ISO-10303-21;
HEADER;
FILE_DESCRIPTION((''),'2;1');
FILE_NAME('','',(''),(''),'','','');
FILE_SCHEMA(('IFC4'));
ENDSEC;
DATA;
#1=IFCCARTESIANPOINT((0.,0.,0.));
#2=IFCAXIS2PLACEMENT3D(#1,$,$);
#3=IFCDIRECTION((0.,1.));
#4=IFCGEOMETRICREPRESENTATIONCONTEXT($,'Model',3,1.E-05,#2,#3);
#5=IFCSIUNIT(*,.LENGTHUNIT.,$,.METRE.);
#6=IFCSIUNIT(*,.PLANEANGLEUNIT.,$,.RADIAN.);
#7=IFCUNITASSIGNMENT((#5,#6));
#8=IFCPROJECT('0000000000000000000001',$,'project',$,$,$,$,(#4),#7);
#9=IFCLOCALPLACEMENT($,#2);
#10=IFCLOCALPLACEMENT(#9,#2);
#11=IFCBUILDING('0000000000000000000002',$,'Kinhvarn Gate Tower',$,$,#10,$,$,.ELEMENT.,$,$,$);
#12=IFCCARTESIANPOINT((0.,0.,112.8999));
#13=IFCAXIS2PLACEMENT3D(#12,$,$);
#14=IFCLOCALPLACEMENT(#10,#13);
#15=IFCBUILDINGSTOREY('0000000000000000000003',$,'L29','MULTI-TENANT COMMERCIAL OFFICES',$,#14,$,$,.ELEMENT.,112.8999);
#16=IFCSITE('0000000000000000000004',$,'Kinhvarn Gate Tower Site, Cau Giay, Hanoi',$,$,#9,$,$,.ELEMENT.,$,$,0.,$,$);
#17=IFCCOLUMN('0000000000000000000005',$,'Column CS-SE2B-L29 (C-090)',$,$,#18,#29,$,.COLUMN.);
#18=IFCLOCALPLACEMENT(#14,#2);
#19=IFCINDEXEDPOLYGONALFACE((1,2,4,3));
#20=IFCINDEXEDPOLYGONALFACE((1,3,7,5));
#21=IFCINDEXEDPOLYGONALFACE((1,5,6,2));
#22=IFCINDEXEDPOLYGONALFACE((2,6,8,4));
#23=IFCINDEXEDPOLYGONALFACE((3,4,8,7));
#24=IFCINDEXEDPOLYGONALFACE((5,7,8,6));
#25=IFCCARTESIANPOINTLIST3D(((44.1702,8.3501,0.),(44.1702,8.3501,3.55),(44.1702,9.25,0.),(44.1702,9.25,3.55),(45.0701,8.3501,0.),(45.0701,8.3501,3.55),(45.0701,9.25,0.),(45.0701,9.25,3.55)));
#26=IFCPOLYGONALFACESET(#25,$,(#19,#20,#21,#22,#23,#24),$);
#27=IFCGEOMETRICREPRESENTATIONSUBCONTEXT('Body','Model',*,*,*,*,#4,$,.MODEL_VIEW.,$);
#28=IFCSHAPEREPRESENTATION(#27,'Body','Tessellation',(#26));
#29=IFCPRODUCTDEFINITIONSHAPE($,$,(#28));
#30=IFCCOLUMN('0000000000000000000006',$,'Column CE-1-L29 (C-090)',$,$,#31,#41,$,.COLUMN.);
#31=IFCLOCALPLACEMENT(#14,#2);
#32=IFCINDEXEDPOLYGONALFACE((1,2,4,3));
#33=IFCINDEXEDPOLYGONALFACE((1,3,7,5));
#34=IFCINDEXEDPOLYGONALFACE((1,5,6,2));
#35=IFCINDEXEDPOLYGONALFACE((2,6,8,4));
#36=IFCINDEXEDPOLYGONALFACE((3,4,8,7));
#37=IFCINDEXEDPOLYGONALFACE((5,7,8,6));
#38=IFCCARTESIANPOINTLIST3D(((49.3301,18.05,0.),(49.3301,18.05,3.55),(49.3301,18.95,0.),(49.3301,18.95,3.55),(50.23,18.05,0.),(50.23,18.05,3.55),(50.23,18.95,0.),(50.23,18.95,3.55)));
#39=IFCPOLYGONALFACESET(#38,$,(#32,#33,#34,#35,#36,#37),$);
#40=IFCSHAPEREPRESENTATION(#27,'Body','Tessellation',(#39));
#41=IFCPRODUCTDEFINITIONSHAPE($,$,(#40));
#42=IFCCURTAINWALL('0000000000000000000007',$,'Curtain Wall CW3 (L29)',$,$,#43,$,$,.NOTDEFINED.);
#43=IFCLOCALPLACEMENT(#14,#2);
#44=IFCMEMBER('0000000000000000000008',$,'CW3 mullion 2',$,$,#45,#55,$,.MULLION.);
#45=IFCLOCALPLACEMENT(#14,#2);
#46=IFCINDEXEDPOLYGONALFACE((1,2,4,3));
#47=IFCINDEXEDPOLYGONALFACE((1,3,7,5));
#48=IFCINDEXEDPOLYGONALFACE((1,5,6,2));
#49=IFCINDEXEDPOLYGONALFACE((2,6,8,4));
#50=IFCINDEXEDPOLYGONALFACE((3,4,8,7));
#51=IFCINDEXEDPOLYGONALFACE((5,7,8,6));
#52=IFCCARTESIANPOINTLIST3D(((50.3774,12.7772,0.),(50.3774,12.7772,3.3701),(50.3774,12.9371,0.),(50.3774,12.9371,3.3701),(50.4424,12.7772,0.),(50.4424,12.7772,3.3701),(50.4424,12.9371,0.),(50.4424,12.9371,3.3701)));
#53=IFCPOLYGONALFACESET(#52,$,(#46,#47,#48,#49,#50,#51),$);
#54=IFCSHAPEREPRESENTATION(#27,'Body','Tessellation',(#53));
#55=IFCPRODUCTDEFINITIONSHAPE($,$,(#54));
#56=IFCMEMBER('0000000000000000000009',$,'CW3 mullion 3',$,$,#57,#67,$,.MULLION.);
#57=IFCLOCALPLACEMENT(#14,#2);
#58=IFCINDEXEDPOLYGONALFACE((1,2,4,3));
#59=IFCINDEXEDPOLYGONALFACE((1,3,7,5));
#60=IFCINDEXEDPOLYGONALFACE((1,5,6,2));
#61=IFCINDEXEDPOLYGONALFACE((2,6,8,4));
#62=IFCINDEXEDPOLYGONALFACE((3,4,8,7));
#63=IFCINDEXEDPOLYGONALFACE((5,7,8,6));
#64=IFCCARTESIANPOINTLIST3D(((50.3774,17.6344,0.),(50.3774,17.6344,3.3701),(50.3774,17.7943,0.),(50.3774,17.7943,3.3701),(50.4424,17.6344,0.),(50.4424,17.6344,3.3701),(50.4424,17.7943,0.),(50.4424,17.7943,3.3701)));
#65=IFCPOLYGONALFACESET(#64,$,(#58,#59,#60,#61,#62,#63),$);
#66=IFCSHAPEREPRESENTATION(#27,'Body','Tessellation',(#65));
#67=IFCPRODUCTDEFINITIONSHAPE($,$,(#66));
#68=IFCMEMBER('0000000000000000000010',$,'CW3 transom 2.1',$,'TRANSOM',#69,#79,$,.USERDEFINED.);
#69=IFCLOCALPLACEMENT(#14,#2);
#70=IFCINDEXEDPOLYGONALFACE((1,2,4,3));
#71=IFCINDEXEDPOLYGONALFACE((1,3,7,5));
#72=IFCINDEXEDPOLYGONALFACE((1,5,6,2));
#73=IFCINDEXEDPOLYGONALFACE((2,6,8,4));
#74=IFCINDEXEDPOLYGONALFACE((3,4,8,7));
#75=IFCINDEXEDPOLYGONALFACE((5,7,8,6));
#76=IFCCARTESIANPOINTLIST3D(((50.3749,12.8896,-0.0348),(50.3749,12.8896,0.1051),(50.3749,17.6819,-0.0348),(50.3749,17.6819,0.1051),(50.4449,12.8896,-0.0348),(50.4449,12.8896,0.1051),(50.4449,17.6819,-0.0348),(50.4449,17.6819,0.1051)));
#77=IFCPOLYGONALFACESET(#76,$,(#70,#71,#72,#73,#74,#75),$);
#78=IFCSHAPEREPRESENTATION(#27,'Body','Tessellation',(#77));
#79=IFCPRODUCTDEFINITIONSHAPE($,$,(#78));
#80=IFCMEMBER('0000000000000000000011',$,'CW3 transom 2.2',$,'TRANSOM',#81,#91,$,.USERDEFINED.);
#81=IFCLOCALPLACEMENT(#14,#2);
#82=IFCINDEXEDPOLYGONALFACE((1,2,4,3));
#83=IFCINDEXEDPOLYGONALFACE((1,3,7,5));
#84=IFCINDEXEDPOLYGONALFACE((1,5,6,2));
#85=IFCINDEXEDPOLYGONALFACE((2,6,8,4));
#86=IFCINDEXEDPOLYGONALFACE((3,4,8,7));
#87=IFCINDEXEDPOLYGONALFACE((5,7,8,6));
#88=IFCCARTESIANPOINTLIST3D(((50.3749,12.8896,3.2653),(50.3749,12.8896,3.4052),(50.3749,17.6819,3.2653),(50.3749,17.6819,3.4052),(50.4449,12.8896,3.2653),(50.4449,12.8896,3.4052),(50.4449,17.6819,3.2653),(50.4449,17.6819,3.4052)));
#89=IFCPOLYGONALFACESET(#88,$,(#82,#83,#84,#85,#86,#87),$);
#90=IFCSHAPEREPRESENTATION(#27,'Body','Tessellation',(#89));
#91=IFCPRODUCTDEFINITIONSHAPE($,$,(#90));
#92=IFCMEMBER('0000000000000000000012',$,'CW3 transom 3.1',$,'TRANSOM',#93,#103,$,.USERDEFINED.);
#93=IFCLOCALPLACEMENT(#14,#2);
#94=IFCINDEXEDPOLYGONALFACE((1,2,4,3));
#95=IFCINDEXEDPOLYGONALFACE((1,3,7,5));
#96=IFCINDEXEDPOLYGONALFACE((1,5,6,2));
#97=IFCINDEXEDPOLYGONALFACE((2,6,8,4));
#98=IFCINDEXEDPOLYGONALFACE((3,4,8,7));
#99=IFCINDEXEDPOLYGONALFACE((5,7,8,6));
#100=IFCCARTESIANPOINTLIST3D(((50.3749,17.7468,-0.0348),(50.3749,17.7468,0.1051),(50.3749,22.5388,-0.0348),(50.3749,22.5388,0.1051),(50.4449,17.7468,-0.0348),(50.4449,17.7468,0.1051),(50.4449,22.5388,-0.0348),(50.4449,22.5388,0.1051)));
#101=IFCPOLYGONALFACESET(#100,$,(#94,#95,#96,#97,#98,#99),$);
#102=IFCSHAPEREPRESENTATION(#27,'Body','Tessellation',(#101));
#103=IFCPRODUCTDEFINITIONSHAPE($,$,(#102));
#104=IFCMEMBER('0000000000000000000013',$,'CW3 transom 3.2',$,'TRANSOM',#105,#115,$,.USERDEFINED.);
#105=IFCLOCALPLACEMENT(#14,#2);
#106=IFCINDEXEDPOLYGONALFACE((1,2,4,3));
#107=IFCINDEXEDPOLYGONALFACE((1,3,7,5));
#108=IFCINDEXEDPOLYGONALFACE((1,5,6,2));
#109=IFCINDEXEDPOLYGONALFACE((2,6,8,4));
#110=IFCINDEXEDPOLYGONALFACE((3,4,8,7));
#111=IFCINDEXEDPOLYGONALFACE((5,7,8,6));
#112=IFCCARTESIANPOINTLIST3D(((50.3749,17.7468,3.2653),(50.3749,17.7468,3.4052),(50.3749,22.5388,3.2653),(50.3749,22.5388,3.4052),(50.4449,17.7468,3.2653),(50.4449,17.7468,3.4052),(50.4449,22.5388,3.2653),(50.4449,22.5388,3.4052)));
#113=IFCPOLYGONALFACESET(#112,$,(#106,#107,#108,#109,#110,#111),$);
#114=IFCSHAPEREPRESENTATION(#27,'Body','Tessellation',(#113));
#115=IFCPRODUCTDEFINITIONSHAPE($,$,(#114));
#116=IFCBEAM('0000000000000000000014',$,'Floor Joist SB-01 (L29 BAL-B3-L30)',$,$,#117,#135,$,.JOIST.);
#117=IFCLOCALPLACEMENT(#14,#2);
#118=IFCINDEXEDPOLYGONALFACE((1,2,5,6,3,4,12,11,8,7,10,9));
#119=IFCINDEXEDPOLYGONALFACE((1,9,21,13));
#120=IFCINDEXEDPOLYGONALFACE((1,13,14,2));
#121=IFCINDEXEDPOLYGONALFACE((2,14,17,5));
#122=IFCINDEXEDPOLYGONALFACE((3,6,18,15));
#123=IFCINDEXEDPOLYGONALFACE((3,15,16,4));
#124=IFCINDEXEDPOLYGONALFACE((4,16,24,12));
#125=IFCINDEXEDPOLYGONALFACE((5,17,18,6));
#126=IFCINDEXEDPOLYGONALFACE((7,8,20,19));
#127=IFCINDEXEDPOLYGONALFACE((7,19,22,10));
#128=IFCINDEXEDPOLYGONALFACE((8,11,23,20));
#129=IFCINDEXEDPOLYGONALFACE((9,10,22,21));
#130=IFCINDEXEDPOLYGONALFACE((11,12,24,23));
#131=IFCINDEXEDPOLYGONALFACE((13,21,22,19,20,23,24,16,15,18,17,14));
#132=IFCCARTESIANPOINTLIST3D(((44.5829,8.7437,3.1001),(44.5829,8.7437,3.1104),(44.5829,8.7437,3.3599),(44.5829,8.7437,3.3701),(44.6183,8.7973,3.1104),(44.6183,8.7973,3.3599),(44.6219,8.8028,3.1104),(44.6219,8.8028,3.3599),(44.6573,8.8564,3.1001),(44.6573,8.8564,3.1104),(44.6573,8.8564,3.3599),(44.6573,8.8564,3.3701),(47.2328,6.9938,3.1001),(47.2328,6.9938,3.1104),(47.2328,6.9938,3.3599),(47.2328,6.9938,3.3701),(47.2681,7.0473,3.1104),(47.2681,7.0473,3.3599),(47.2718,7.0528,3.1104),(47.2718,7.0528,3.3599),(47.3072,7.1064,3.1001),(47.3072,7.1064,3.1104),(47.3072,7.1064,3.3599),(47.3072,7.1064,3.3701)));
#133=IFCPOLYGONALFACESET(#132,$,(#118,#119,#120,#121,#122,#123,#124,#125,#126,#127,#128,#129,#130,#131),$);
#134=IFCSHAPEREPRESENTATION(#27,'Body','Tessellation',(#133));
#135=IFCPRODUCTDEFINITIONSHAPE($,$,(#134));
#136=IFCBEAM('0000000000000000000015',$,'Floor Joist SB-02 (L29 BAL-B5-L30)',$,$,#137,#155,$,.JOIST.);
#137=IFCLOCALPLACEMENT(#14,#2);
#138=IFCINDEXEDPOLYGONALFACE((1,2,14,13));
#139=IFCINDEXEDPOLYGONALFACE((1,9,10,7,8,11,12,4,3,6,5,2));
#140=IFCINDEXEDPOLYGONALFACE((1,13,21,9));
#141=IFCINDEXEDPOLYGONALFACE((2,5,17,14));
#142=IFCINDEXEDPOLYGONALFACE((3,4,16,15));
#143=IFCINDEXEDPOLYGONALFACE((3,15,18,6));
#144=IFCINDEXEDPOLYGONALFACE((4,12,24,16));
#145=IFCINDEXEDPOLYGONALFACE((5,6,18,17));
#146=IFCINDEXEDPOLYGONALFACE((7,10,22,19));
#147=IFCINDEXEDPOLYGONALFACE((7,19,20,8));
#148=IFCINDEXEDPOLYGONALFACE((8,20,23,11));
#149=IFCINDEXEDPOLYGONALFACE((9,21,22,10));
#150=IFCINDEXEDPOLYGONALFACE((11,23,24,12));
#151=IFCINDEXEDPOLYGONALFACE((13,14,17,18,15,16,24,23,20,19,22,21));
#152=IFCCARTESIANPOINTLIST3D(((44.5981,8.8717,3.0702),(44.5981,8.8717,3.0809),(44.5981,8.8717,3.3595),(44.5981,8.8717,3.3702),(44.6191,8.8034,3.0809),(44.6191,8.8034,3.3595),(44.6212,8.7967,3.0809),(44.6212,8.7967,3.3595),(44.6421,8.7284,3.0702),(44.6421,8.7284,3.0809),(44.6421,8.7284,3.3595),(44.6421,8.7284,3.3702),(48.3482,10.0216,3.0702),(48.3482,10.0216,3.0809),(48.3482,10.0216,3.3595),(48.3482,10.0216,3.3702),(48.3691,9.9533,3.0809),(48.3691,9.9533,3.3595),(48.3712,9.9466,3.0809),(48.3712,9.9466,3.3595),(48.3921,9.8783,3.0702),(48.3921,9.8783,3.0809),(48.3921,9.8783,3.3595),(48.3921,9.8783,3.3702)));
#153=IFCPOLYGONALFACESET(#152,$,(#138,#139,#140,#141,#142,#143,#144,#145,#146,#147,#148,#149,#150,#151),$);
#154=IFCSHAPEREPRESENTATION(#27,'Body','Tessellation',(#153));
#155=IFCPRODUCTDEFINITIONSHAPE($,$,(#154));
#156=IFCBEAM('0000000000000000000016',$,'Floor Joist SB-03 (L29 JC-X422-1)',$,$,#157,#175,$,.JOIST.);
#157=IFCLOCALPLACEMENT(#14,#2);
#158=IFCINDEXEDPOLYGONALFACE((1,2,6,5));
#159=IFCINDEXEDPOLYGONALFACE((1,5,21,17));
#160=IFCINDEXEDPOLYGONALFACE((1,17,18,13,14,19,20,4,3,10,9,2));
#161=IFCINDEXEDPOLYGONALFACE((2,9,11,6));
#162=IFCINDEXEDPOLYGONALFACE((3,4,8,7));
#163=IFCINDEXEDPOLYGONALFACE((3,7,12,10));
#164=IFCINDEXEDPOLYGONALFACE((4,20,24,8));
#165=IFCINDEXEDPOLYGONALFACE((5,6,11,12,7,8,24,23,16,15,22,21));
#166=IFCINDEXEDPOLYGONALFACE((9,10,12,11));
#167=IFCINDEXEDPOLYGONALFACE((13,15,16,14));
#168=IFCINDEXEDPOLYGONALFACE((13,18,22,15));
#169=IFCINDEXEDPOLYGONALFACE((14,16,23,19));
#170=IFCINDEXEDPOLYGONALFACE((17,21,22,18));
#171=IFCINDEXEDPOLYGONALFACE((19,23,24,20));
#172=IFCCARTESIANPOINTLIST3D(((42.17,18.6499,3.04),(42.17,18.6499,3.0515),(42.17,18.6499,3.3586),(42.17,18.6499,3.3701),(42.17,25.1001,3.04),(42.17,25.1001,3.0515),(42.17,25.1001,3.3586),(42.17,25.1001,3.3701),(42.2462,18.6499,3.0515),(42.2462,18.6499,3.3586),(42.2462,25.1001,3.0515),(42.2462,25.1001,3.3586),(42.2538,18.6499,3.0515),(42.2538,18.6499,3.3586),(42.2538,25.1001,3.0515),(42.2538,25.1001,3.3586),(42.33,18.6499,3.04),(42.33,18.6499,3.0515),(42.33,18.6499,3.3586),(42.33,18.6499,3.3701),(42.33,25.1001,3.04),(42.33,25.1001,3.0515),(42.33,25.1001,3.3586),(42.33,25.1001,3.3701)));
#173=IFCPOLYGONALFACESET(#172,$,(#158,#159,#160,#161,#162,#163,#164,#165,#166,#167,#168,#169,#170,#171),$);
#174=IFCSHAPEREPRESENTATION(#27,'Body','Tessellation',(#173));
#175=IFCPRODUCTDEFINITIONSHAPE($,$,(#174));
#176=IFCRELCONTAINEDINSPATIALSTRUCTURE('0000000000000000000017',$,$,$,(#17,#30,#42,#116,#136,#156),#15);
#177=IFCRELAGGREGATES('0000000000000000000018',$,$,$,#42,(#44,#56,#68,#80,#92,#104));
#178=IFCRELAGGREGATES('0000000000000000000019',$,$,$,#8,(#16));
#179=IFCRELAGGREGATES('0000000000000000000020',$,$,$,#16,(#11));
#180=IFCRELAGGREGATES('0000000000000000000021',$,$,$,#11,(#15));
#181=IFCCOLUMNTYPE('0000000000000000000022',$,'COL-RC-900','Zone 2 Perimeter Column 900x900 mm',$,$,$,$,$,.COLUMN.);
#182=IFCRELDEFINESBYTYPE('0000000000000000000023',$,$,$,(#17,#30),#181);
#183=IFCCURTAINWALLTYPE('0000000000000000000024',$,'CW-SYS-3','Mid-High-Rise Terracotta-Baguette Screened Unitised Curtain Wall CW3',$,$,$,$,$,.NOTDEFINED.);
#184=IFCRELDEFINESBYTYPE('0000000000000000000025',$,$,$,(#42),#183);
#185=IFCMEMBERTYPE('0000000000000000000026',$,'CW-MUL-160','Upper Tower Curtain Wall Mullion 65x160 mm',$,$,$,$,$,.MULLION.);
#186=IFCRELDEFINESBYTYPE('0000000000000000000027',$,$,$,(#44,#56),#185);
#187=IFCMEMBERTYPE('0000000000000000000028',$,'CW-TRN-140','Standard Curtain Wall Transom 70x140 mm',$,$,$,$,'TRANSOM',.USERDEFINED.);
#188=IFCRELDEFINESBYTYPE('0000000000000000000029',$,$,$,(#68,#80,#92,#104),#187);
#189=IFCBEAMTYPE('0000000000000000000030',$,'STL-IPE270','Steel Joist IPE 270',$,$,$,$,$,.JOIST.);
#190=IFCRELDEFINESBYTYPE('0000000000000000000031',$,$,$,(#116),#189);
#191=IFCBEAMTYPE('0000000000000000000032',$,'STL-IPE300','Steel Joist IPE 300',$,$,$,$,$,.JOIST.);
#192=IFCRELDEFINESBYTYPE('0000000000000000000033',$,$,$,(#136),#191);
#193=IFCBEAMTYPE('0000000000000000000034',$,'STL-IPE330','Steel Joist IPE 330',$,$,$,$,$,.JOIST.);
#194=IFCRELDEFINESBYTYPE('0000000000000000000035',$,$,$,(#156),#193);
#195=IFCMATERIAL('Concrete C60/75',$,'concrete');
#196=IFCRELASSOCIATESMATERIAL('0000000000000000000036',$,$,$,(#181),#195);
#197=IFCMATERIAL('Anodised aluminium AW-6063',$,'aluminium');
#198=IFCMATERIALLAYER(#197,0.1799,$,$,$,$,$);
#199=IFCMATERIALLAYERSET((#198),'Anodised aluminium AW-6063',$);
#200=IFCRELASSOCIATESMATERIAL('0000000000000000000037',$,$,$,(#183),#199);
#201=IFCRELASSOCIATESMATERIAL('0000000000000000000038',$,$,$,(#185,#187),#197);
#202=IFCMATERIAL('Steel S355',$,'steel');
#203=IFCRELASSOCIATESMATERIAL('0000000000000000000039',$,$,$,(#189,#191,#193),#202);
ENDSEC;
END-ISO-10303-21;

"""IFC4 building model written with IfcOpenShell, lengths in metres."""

from ifc_helpers import new_model, si_unit, direction, frame, origin, origin_2d, place, context, subcontext, project, spatial, rectangle, i_section, extrude, material, layer, layer_set, material_profile, profile_set, type_object, element, aggregate, save


model = new_model("IFC4")

# Units and contexts
model_context = context("Model", 3, precision=1e-05, world=origin(), true_north=direction((0.0, 1.0)))
body_context = subcontext(model_context, "Body", "Model", "MODEL_VIEW")
ifc_project = project(units=[si_unit("LENGTHUNIT", "METRE"), si_unit("PLANEANGLEUNIT", "RADIAN")], contexts=[model_context])

# Site, building, storey
site_placement = place(None, origin())
site = spatial("IfcSite", under=ifc_project, at=site_placement, Name="Kinhvarn Gate Tower Site, Cau Giay, Hanoi", CompositionType="ELEMENT", RefElevation=0.0)
building_placement = place(site_placement, origin())
building = spatial("IfcBuilding", under=site, at=building_placement, Name="Kinhvarn Gate Tower", CompositionType="ELEMENT")
storey_placement = place(building_placement, frame((0.0, 0.0, 112.8999)))
storey = spatial("IfcBuildingStorey", under=building, at=storey_placement, Name="L29", Description="MULTI-TENANT COMMERCIAL OFFICES", CompositionType="ELEMENT", Elevation=112.8999)

# Columns
ifc_material_1 = material(Name="Concrete C60/75", Category="concrete")
ifc_material_profile_1 = material_profile(ifc_material_1, rectangle(XDim=0.8999, YDim=0.8999, at=origin_2d()), Name="RC 900x900")
ifc_profile_set_1 = profile_set([ifc_material_profile_1], Name="Concrete C60/75")
column_type = type_object("IfcColumnType", Name="COL-RC-900", Description="Zone 2 Perimeter Column 900x900 mm", PredefinedType="COLUMN", material=ifc_profile_set_1)
for number, where, z_axis, x_axis, name in (
    (1, (44.6201, 8.8, 0.0), (0.0, 0.0, 1.0), (1.0, 0.0, 0.0), "Column CS-SE2B-L29 (C-090)"),
    (2, (49.78, 18.5, 0.0), (0.0, 0.0, 1.0), (1.0, 0.0, 0.0), "Column CE-1-L29 (C-090)"),
):
    element("IfcColumn", number, at=place(storey_placement, frame(where, z_axis=z_axis, x_axis=x_axis)), inside=storey, type_object=column_type, Name=name, PredefinedType="COLUMN", context=body_context, shape_type="SweptSolid", body=[
        extrude(rectangle(XDim=0.8999, YDim=0.8999, at=origin_2d()), origin(), (0.0, 0.0, 1.0), 3.55),
    ])

# Curtain wall, members
ifc_material_2 = material(Name="Anodised aluminium AW-6063", Category="aluminium")
ifc_layer_1 = layer(ifc_material_2, 0.1799)
ifc_layer_set_1 = layer_set([ifc_layer_1], Name="Anodised aluminium AW-6063")
curtain_wall_type = type_object("IfcCurtainWallType", Name="CW-SYS-3", Description="Mid-High-Rise Terracotta-Baguette Screened Unitised Curtain Wall CW3", PredefinedType="NOTDEFINED", material=ifc_layer_set_1)
curtain_wall_placement = place(storey_placement, origin())
curtain_wall = element("IfcCurtainWall", 3, at=curtain_wall_placement, inside=storey, type_object=curtain_wall_type, Name="Curtain Wall CW3 (L29)", PredefinedType="NOTDEFINED")
ifc_material_profile_2 = material_profile(ifc_material_2, rectangle(XDim=0.0649, YDim=0.1599, at=origin_2d()), Name="ALU 65x160")
ifc_profile_set_2 = profile_set([ifc_material_profile_2], Name="Anodised aluminium AW-6063")
member_type_1 = type_object("IfcMemberType", Name="CW-MUL-160", Description="Upper Tower Curtain Wall Mullion 65x160 mm", PredefinedType="MULLION", material=ifc_profile_set_2)
member_1_placement = place(storey_placement, frame((50.4099, 12.8572, 0.0), z_axis=(0.0, 0.0, 1.0), x_axis=(-1.0, 0.0, 0.0)))
member_1 = element("IfcMember", 4, at=member_1_placement, type_object=member_type_1, Name="CW3 mullion 2", PredefinedType="MULLION", context=body_context, shape_type="SweptSolid", body=[
    extrude(rectangle(XDim=0.0649, YDim=0.1599, at=origin_2d()), origin(), (0.0, 0.0, 1.0), 3.3701),
])
member_2_placement = place(storey_placement, frame((50.4099, 17.7144, 0.0), z_axis=(0.0, 0.0, 1.0), x_axis=(-1.0, 0.0, 0.0)))
member_2 = element("IfcMember", 5, at=member_2_placement, type_object=member_type_1, Name="CW3 mullion 3", PredefinedType="MULLION", context=body_context, shape_type="SweptSolid", body=[
    extrude(rectangle(XDim=0.0649, YDim=0.1599, at=origin_2d()), origin(), (0.0, 0.0, 1.0), 3.3701),
])
ifc_material_profile_3 = material_profile(ifc_material_2, rectangle(XDim=0.0701, YDim=0.1399, at=origin_2d()), Name="ALU 70x140")
ifc_profile_set_3 = profile_set([ifc_material_profile_3], Name="Anodised aluminium AW-6063")
member_type_2 = type_object("IfcMemberType", Name="CW-TRN-140", Description="Standard Curtain Wall Transom 70x140 mm", ElementType="TRANSOM", PredefinedType="USERDEFINED", material=ifc_profile_set_3)
member_3_placement = place(storey_placement, frame((50.4099, 12.8896, 0.0352), z_axis=(0.0, 1.0, 0.0), x_axis=(-1.0, 0.0, 0.0)))
member_3 = element("IfcMember", 6, at=member_3_placement, type_object=member_type_2, Name="CW3 transom 2.1", ObjectType="TRANSOM", PredefinedType="USERDEFINED", context=body_context, shape_type="SweptSolid", body=[
    extrude(rectangle(XDim=0.0701, YDim=0.1399, at=origin_2d()), origin(), (0.0, 0.0, 1.0), 4.7922),
])
member_4_placement = place(storey_placement, frame((50.4099, 12.8896, 3.3352), z_axis=(0.0, 1.0, 0.0), x_axis=(-1.0, 0.0, 0.0)))
member_4 = element("IfcMember", 7, at=member_4_placement, type_object=member_type_2, Name="CW3 transom 2.2", ObjectType="TRANSOM", PredefinedType="USERDEFINED", context=body_context, shape_type="SweptSolid", body=[
    extrude(rectangle(XDim=0.0701, YDim=0.1399, at=origin_2d()), origin(), (0.0, 0.0, 1.0), 4.7922),
])
member_5_placement = place(storey_placement, frame((50.4099, 17.7468, 0.0352), z_axis=(0.0, 1.0, 0.0), x_axis=(-1.0, 0.0, 0.0)))
member_5 = element("IfcMember", 8, at=member_5_placement, type_object=member_type_2, Name="CW3 transom 3.1", ObjectType="TRANSOM", PredefinedType="USERDEFINED", context=body_context, shape_type="SweptSolid", body=[
    extrude(rectangle(XDim=0.0701, YDim=0.1399, at=origin_2d()), origin(), (0.0, 0.0, 1.0), 4.792),
])
member_6_placement = place(storey_placement, frame((50.4099, 17.7468, 3.3352), z_axis=(0.0, 1.0, 0.0), x_axis=(-1.0, 0.0, 0.0)))
member_6 = element("IfcMember", 9, at=member_6_placement, type_object=member_type_2, Name="CW3 transom 3.2", ObjectType="TRANSOM", PredefinedType="USERDEFINED", context=body_context, shape_type="SweptSolid", body=[
    extrude(rectangle(XDim=0.0701, YDim=0.1399, at=origin_2d()), origin(), (0.0, 0.0, 1.0), 4.792),
])

# Beams
ifc_material_3 = material(Name="Steel S355", Category="steel")
ifc_material_profile_4 = material_profile(ifc_material_3, i_section(OverallWidth=0.135, OverallDepth=0.27, WebThickness=0.0066, FlangeThickness=0.0103, at=origin_2d()), Name="IPE 270")
ifc_profile_set_4 = profile_set([ifc_material_profile_4], Name="Steel S355")
beam_type_1 = type_object("IfcBeamType", Name="STL-IPE270", Description="Steel Joist IPE 270", PredefinedType="JOIST", material=ifc_profile_set_4)
beam_1_placement = place(storey_placement, frame((44.6201, 8.8, 3.2351), z_axis=(0.834455, -0.551076, 0.0), x_axis=(0.551076, 0.834455, 0.0)))
element("IfcBeam", 10, at=beam_1_placement, inside=storey, type_object=beam_type_1, Name="Floor Joist SB-01 (L29 BAL-B3-L30)", PredefinedType="JOIST", context=body_context, shape_type="SweptSolid", body=[
    extrude(i_section(OverallWidth=0.135, OverallDepth=0.27, WebThickness=0.0066, FlangeThickness=0.0103, at=origin_2d()), origin(), (0.0, 0.0, 1.0), 3.1755),
])
ifc_material_profile_5 = material_profile(ifc_material_3, i_section(OverallWidth=0.1499, OverallDepth=0.3, WebThickness=0.0071, FlangeThickness=0.0107, at=origin_2d()), Name="IPE 300")
ifc_profile_set_5 = profile_set([ifc_material_profile_5], Name="Steel S355")
beam_type_2 = type_object("IfcBeamType", Name="STL-IPE300", Description="Steel Joist IPE 300", PredefinedType="JOIST", material=ifc_profile_set_5)
beam_2_placement = place(storey_placement, frame((44.6201, 8.8, 3.2202), z_axis=(0.956061, 0.293167, 0.0), x_axis=(-0.293167, 0.956061, 0.0)))
element("IfcBeam", 11, at=beam_2_placement, inside=storey, type_object=beam_type_2, Name="Floor Joist SB-02 (L29 BAL-B5-L30)", PredefinedType="JOIST", context=body_context, shape_type="SweptSolid", body=[
    extrude(i_section(OverallWidth=0.1499, OverallDepth=0.3, WebThickness=0.0071, FlangeThickness=0.0107, at=origin_2d()), origin(), (0.0, 0.0, 1.0), 3.9224),
])
ifc_material_profile_6 = material_profile(ifc_material_3, i_section(OverallWidth=0.1599, OverallDepth=0.3301, WebThickness=0.0076, FlangeThickness=0.0115, at=origin_2d()), Name="IPE 330")
ifc_profile_set_6 = profile_set([ifc_material_profile_6], Name="Steel S355")
beam_type_3 = type_object("IfcBeamType", Name="STL-IPE330", Description="Steel Joist IPE 330", PredefinedType="JOIST", material=ifc_profile_set_6)
for number, where, z_axis, x_axis, name in (
    (12, (42.25, 18.6499, 3.2051), (0.0, 1.0, 0.0), (-1.0, 0.0, 0.0), "Floor Joist SB-03 (L29 JC-X422-1)"),
):
    element("IfcBeam", number, at=place(storey_placement, frame(where, z_axis=z_axis, x_axis=x_axis)), inside=storey, type_object=beam_type_3, Name=name, PredefinedType="JOIST", context=body_context, shape_type="SweptSolid", body=[
        extrude(i_section(OverallWidth=0.1599, OverallDepth=0.3301, WebThickness=0.0076, FlangeThickness=0.0115, at=origin_2d()), origin(), (0.0, 0.0, 1.0), 6.4502),
    ])

aggregate(curtain_wall, [member_1, member_2, member_3, member_4, member_5, member_6])

save(model, "model.ifc")
